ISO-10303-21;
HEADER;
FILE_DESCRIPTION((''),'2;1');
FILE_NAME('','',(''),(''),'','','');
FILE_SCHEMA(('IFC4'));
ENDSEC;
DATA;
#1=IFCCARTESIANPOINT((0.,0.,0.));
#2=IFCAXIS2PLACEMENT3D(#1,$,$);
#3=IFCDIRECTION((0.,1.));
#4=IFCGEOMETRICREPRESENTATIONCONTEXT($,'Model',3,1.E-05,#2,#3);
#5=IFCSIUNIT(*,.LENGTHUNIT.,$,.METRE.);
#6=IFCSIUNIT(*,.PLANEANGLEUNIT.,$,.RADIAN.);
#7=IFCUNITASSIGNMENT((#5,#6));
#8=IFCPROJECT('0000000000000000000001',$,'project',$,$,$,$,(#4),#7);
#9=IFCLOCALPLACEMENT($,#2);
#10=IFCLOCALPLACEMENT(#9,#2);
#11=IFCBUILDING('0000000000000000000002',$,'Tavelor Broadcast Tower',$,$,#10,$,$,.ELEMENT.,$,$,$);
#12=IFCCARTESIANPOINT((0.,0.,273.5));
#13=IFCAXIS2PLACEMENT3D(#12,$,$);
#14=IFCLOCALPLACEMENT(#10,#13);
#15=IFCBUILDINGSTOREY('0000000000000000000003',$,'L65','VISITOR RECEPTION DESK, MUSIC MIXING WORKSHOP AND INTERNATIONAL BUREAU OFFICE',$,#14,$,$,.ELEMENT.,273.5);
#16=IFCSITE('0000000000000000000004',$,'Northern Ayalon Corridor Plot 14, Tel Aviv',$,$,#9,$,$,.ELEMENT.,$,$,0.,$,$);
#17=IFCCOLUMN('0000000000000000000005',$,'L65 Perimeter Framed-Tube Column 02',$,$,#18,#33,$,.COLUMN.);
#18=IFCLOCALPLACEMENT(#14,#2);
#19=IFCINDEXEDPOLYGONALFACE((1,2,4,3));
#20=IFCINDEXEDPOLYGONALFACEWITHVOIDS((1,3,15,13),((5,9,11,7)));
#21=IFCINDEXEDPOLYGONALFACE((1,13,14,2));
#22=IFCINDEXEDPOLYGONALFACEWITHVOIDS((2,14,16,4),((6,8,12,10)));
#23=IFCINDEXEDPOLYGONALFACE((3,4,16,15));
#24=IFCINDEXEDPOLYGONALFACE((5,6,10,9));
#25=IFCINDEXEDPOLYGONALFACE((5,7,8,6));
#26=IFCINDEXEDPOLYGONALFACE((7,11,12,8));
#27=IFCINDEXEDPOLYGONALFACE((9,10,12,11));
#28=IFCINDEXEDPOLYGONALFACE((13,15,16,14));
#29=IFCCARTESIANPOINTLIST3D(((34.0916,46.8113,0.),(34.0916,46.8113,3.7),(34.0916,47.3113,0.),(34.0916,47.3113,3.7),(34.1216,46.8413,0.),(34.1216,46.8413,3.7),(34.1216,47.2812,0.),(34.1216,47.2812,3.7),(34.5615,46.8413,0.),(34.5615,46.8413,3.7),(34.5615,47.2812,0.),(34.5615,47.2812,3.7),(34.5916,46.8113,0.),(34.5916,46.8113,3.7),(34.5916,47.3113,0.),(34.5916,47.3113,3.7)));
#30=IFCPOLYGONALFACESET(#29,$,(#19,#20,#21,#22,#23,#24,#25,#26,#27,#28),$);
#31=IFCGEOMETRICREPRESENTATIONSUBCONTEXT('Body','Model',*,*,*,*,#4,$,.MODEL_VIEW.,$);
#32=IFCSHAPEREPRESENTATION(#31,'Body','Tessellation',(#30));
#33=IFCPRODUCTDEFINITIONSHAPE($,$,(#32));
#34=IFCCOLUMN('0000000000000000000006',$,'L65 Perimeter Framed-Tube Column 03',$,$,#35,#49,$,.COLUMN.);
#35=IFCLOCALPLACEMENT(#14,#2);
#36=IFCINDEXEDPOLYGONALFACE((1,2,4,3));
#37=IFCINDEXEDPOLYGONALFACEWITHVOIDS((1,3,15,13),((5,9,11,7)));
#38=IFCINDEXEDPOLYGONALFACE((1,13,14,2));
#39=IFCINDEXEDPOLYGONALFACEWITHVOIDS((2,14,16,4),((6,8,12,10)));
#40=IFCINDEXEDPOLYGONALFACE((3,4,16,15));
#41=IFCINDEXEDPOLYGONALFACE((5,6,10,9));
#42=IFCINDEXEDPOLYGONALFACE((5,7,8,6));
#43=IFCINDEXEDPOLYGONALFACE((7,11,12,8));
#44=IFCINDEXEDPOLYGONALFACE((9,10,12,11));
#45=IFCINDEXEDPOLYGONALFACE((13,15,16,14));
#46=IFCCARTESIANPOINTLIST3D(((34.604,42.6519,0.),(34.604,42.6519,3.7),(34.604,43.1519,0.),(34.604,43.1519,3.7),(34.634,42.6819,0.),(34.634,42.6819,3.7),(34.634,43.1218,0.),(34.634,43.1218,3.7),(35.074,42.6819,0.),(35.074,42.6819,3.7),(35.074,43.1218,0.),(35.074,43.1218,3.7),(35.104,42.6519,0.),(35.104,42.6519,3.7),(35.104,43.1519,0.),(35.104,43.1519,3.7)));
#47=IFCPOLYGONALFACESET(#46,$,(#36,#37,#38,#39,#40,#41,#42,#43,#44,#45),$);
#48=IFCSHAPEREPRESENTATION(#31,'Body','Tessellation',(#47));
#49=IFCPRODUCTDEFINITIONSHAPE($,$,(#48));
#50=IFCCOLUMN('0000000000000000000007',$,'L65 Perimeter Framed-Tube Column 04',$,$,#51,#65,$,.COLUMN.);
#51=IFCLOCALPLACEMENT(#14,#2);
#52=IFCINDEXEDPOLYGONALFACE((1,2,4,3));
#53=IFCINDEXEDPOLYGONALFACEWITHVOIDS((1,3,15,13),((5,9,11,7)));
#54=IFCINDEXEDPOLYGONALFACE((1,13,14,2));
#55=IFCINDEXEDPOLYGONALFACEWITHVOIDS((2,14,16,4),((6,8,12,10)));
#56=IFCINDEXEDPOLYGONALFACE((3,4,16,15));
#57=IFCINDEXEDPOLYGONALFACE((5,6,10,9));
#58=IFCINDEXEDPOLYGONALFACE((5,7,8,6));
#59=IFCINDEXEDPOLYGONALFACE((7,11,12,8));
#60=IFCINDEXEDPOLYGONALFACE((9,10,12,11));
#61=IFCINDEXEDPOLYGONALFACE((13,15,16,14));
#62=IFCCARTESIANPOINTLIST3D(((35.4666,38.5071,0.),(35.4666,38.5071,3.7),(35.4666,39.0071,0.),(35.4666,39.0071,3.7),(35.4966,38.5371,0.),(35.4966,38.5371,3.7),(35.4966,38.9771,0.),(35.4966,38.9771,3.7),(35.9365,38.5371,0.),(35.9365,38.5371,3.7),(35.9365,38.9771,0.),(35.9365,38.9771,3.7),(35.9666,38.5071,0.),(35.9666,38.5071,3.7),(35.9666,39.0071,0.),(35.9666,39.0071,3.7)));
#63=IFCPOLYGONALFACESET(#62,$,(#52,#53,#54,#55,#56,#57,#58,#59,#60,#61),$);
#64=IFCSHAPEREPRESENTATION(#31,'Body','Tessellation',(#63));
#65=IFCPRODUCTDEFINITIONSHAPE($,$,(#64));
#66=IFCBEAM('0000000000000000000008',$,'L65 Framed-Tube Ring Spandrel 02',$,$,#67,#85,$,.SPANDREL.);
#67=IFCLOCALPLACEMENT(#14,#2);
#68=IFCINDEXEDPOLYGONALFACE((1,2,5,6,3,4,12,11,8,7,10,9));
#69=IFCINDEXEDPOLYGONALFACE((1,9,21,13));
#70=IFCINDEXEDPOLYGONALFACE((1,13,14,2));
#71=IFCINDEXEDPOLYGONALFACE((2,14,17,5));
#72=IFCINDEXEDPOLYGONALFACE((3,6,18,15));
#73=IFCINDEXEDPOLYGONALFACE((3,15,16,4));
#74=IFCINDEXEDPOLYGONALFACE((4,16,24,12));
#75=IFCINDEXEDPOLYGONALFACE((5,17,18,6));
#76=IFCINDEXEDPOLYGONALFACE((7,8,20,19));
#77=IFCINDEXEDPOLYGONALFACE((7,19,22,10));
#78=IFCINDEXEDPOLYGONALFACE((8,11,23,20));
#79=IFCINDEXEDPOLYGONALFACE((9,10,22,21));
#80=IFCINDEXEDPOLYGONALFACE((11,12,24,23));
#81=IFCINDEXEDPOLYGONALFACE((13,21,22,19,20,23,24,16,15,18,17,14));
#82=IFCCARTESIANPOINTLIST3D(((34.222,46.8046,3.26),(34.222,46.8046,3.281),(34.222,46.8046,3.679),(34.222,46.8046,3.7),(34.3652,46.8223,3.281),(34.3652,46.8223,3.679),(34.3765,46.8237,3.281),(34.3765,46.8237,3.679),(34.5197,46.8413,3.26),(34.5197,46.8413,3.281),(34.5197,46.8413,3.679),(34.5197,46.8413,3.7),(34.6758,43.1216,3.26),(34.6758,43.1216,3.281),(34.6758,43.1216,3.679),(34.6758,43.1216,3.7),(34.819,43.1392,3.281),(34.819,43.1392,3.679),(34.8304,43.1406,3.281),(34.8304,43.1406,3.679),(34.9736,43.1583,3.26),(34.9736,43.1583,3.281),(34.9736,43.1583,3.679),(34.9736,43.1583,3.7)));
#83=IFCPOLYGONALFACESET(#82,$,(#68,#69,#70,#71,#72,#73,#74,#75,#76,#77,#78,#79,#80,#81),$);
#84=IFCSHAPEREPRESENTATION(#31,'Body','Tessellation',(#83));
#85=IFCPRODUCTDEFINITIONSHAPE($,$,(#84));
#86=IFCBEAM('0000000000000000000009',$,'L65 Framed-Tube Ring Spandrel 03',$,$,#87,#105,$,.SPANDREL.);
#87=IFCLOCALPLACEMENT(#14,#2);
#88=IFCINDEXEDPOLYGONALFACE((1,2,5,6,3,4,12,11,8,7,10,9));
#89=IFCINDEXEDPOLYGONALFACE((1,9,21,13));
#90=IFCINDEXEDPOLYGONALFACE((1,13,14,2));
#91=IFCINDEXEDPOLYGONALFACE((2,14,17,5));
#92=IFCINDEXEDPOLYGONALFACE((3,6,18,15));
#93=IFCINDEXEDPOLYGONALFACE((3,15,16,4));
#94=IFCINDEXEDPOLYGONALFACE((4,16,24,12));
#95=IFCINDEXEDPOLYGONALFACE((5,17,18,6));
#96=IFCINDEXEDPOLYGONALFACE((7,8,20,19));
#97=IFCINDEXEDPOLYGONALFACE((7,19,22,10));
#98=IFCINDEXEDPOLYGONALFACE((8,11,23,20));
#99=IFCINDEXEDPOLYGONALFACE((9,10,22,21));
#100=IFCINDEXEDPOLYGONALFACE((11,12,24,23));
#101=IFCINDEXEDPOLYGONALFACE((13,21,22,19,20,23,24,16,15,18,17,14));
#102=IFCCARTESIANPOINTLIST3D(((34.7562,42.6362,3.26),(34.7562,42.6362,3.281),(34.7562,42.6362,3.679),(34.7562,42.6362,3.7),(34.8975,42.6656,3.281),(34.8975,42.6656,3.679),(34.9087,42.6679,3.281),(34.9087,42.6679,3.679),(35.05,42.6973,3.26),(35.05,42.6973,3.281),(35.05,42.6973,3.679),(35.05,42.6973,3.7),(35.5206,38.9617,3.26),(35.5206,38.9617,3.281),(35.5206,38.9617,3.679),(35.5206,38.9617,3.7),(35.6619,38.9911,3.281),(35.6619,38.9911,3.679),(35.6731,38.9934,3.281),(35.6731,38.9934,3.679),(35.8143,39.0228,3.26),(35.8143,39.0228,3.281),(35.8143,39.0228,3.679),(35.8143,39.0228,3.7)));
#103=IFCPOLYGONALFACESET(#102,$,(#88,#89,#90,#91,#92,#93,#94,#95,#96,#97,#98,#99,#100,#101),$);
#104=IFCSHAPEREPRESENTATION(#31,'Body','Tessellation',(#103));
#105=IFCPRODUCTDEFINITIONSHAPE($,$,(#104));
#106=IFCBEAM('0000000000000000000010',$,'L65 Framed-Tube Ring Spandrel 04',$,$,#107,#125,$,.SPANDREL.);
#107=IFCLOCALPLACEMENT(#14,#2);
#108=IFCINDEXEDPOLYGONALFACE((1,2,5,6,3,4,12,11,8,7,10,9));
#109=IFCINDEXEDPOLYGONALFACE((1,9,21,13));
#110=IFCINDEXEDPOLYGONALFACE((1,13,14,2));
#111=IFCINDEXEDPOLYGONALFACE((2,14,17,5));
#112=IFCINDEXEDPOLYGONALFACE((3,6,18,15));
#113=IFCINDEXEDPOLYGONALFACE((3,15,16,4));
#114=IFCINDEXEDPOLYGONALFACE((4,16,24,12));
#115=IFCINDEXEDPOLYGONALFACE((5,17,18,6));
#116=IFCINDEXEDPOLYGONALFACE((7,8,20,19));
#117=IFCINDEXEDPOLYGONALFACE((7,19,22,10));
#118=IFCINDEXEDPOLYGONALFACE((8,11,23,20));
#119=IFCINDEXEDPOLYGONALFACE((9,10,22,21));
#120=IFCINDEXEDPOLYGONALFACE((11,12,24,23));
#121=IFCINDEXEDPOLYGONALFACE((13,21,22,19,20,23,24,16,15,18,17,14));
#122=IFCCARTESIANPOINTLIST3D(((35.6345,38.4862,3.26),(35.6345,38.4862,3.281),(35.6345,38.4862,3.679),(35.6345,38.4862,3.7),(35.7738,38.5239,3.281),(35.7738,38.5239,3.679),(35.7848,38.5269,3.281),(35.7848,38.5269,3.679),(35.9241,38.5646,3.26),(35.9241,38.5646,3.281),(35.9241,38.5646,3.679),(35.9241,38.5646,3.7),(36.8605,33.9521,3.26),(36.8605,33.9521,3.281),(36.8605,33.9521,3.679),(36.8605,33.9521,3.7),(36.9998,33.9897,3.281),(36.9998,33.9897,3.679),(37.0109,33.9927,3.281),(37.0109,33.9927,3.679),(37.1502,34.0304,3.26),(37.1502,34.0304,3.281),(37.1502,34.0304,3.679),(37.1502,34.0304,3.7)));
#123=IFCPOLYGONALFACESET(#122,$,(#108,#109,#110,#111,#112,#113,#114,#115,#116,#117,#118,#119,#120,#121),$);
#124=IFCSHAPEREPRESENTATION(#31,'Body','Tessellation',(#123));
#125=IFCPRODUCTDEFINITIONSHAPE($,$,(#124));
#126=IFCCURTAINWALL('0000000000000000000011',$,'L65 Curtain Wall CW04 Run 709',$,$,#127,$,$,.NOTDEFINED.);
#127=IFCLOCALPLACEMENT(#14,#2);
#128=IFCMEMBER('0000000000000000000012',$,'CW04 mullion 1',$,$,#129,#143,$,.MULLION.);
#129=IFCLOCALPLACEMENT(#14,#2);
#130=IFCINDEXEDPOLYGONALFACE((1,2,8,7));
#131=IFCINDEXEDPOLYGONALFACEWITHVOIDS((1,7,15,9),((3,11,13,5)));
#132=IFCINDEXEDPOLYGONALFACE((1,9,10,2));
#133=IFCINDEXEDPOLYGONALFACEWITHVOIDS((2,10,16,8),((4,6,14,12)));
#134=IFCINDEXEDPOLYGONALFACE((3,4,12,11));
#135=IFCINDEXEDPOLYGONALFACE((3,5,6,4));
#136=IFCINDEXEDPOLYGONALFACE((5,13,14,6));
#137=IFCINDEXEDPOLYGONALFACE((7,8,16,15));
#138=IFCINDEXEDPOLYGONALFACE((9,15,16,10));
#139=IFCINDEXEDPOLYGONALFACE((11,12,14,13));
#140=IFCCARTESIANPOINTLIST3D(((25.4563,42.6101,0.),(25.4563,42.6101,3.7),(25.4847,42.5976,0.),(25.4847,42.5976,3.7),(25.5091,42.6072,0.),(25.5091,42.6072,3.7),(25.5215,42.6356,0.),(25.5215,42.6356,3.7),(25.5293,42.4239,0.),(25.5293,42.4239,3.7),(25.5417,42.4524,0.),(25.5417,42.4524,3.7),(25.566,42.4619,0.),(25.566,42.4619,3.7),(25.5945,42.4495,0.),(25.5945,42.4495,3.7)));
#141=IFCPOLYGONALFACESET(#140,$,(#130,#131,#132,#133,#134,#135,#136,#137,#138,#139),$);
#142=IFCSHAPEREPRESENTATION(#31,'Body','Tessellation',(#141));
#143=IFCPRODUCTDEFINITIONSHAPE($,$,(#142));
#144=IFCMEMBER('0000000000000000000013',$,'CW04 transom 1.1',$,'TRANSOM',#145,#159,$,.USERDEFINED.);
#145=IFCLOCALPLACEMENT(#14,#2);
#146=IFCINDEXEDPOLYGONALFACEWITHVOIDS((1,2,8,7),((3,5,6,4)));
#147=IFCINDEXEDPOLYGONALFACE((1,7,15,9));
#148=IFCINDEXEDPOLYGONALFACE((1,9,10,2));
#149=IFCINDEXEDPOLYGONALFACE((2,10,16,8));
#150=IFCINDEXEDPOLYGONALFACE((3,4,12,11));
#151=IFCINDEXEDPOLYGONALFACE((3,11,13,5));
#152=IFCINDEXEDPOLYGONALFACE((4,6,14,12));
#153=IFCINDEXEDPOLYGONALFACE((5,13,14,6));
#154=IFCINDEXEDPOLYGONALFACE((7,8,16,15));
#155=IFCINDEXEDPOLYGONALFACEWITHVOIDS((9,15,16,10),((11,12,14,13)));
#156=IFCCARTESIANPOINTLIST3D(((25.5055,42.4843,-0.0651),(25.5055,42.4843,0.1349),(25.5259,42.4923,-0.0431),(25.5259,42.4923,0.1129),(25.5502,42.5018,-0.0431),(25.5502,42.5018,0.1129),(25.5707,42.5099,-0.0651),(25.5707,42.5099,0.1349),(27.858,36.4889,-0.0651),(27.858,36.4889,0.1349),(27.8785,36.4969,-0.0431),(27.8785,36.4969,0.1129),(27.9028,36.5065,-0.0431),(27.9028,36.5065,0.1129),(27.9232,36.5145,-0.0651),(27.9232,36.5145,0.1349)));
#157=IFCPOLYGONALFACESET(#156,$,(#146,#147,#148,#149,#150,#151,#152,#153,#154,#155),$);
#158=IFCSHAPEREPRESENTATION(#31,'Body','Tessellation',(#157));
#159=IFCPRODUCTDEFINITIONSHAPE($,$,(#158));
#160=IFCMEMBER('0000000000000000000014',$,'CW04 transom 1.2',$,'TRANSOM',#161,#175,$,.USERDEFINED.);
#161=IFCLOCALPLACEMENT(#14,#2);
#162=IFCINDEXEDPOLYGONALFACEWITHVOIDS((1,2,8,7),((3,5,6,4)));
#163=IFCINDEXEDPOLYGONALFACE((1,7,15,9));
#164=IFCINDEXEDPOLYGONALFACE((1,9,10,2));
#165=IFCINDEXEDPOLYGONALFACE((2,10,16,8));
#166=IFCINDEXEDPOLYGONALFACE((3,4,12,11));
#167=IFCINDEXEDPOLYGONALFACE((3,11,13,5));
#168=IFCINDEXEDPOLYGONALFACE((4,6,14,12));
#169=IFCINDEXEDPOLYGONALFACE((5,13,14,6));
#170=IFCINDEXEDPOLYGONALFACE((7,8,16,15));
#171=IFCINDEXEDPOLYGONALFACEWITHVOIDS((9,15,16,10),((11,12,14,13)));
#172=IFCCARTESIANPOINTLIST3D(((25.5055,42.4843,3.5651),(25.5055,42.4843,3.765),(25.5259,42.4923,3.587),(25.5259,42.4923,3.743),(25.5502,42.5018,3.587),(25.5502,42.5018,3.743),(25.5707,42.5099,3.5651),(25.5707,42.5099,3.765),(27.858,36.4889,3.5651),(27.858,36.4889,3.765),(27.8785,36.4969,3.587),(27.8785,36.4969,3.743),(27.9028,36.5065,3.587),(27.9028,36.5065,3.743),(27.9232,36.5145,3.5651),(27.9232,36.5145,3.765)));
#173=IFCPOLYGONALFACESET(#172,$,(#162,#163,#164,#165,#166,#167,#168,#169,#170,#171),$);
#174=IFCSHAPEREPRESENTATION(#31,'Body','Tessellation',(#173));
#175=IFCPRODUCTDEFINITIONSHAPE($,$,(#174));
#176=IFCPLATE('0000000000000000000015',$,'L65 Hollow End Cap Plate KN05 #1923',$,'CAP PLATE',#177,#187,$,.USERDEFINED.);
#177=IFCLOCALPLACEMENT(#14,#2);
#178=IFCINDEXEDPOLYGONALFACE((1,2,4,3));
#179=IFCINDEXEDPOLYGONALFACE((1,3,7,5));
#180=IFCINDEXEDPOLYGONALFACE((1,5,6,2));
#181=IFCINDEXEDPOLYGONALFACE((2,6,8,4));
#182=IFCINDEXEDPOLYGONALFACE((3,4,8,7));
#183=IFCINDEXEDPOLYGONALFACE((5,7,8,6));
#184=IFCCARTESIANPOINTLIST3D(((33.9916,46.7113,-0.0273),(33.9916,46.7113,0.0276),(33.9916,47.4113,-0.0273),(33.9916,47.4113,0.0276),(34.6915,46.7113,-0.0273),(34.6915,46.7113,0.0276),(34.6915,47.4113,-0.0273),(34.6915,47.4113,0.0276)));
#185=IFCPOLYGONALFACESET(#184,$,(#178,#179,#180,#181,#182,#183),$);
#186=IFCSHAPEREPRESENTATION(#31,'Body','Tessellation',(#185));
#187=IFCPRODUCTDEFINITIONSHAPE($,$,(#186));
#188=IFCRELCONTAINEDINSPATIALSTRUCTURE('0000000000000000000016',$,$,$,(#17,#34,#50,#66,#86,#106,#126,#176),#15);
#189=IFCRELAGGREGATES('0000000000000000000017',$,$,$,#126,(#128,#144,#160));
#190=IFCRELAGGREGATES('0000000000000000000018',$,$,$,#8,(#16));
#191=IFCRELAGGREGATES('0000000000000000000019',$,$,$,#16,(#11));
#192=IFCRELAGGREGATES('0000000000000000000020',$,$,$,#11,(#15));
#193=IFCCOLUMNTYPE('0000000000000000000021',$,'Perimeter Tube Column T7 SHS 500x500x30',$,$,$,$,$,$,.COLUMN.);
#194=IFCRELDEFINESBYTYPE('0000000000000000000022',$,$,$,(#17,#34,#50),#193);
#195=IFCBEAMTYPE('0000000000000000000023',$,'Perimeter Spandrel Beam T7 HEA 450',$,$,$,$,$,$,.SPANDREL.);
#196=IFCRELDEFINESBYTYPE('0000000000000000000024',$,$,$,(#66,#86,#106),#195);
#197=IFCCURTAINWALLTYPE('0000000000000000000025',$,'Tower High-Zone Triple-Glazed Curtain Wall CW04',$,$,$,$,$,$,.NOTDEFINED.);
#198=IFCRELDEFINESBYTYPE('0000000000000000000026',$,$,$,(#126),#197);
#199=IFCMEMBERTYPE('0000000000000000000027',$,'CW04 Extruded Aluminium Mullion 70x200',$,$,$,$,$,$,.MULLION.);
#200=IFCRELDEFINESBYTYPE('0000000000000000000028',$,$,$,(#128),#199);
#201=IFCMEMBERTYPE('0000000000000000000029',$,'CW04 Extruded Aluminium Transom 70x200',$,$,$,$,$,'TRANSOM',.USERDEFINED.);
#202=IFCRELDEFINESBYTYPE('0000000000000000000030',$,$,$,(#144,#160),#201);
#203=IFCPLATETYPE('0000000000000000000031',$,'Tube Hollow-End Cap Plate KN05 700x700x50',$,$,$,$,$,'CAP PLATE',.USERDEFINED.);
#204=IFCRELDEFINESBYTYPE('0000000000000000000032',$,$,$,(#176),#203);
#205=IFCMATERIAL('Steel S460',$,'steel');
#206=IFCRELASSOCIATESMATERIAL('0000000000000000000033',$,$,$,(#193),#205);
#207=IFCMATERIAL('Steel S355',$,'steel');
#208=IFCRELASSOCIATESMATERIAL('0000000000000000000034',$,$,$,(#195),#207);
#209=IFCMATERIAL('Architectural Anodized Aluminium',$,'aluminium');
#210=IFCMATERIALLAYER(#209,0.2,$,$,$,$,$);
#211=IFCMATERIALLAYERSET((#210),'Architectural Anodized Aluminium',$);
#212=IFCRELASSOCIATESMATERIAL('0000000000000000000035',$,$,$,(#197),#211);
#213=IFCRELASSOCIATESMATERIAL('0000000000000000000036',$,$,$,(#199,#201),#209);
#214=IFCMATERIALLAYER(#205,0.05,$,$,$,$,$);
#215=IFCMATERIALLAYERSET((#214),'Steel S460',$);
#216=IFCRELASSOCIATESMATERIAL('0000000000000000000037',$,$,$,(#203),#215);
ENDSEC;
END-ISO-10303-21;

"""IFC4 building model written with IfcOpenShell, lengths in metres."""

from ifc_helpers import new_model, si_unit, direction, frame, origin, origin_2d, place, context, subcontext, project, spatial, rectangle, hollow_rectangle, i_section, extrude, source, transform, mapped, material, layer, layer_set, material_profile, profile_set, type_object, type_shapes, element, aggregate, save


model = new_model("IFC4")

# Units and contexts
model_context = context("Model", 3, precision=1e-05, world=origin(), true_north=direction((0.0, 1.0)))
body_context = subcontext(model_context, "Body", "Model", "MODEL_VIEW")
ifc_project = project(units=[si_unit("LENGTHUNIT", "METRE"), si_unit("PLANEANGLEUNIT", "RADIAN")], contexts=[model_context])

# Site, building, storey
site_placement = place(None, origin())
site = spatial("IfcSite", under=ifc_project, at=site_placement, Name="Northern Ayalon Corridor Plot 14, Tel Aviv", CompositionType="ELEMENT", RefElevation=0.0)
building_placement = place(site_placement, origin())
building = spatial("IfcBuilding", under=site, at=building_placement, Name="Tavelor Broadcast Tower", CompositionType="ELEMENT")
storey_placement = place(building_placement, frame((0.0, 0.0, 273.5)))
storey = spatial("IfcBuildingStorey", under=building, at=storey_placement, Name="L65", Description="VISITOR RECEPTION DESK, MUSIC MIXING WORKSHOP AND INTERNATIONAL BUREAU OFFICE", CompositionType="ELEMENT", Elevation=273.5)

# Columns
ifc_material_1 = material(Name="Steel S460", Category="steel")
ifc_material_profile_1 = material_profile(ifc_material_1, hollow_rectangle(XDim=0.5, YDim=0.5, WallThickness=0.03, at=origin_2d()), Name="SHS 500x500x30")
ifc_profile_set_1 = profile_set([ifc_material_profile_1], Name="Steel S460")
column_type = type_object("IfcColumnType", Name="Perimeter Tube Column T7 SHS 500x500x30", PredefinedType="COLUMN", material=ifc_profile_set_1)
for number, where, z_axis, x_axis, name in (
    (1, (34.3416, 47.0613, 0.0), (0.0, 0.0, 1.0), (1.0, 0.0, 0.0), "L65 Perimeter Framed-Tube Column 02"),
    (2, (34.854, 42.9019, 0.0), (0.0, 0.0, 1.0), (1.0, 0.0, 0.0), "L65 Perimeter Framed-Tube Column 03"),
    (3, (35.7166, 38.7571, 0.0), (0.0, 0.0, 1.0), (1.0, 0.0, 0.0), "L65 Perimeter Framed-Tube Column 04"),
):
    element("IfcColumn", number, at=place(storey_placement, frame(where, z_axis=z_axis, x_axis=x_axis)), inside=storey, type_object=column_type, Name=name, PredefinedType="COLUMN", context=body_context, shape_type="SweptSolid", body=[
        extrude(hollow_rectangle(XDim=0.5, YDim=0.5, WallThickness=0.03, at=origin_2d()), origin(), (0.0, 0.0, 1.0), 3.7),
    ])

# Beams
ifc_material_2 = material(Name="Steel S355", Category="steel")
ifc_material_profile_2 = material_profile(ifc_material_2, i_section(OverallWidth=0.3, OverallDepth=0.4399, WebThickness=0.0115, FlangeThickness=0.021, at=origin_2d()), Name="HEA 450")
ifc_profile_set_2 = profile_set([ifc_material_profile_2], Name="Steel S355")
beam_type = type_object("IfcBeamType", Name="Perimeter Spandrel Beam T7 HEA 450", PredefinedType="SPANDREL", material=ifc_profile_set_2)
beam_1_placement = place(storey_placement, frame((34.3708, 46.823, 3.48), z_axis=(0.122302, -0.992493, 0.0), x_axis=(0.992493, 0.122302, 0.0)))
element("IfcBeam", 4, at=beam_1_placement, inside=storey, type_object=beam_type, Name="L65 Framed-Tube Ring Spandrel 02", PredefinedType="SPANDREL", context=body_context, shape_type="SweptSolid", body=[
    extrude(i_section(OverallWidth=0.3, OverallDepth=0.4399, WebThickness=0.0115, FlangeThickness=0.021, at=origin_2d()), origin(), (0.0, 0.0, 1.0), 3.7109),
])
beam_2_placement = place(storey_placement, frame((34.9031, 42.6667, 3.48), z_axis=(0.203666, -0.97904, 0.0), x_axis=(0.97904, 0.203666, 0.0)))
element("IfcBeam", 5, at=beam_2_placement, inside=storey, type_object=beam_type, Name="L65 Framed-Tube Ring Spandrel 03", PredefinedType="SPANDREL", context=body_context, shape_type="SweptSolid", body=[
    extrude(i_section(OverallWidth=0.3, OverallDepth=0.4399, WebThickness=0.0115, FlangeThickness=0.021, at=origin_2d()), origin(), (0.0, 0.0, 1.0), 3.7532),
])
beam_3_placement = place(storey_placement, frame((35.7793, 38.5254, 3.48), z_axis=(0.261032, -0.96533, 0.0), x_axis=(0.96533, 0.261032, 0.0)))
element("IfcBeam", 6, at=beam_3_placement, inside=storey, type_object=beam_type, Name="L65 Framed-Tube Ring Spandrel 04", PredefinedType="SPANDREL", context=body_context, shape_type="SweptSolid", body=[
    extrude(i_section(OverallWidth=0.3, OverallDepth=0.4399, WebThickness=0.0115, FlangeThickness=0.021, at=origin_2d()), origin(), (0.0, 0.0, 1.0), 4.697),
])

# Curtain wall, members
ifc_material_3 = material(Name="Architectural Anodized Aluminium", Category="aluminium")
ifc_layer_1 = layer(ifc_material_3, 0.2)
ifc_layer_set_1 = layer_set([ifc_layer_1], Name="Architectural Anodized Aluminium")
curtain_wall_type = type_object("IfcCurtainWallType", Name="Tower High-Zone Triple-Glazed Curtain Wall CW04", PredefinedType="NOTDEFINED", material=ifc_layer_set_1)
curtain_wall_placement = place(storey_placement, origin())
curtain_wall = element("IfcCurtainWall", 7, at=curtain_wall_placement, inside=storey, type_object=curtain_wall_type, Name="L65 Curtain Wall CW04 Run 709", PredefinedType="NOTDEFINED")
ifc_material_profile_3 = material_profile(ifc_material_3, hollow_rectangle(XDim=0.0701, YDim=0.2, WallThickness=0.022, at=origin_2d()), Name="RHS 70x200x22")
ifc_profile_set_3 = profile_set([ifc_material_profile_3], Name="Architectural Anodized Aluminium")
member_type_1 = type_object("IfcMemberType", Name="CW04 Extruded Aluminium Mullion 70x200", PredefinedType="MULLION", material=ifc_profile_set_3)
shared_shape_1 = source(origin(), body_context, "Body", "SweptSolid", [
    extrude(hollow_rectangle(XDim=0.0701, YDim=0.2, WallThickness=0.022, at=origin_2d()), origin(), (0.0, 0.0, 1.0), 3.7),
])
type_shapes(member_type_1, [shared_shape_1])
member_1_placement = place(storey_placement, frame((25.5254, 42.5298, 0.0), z_axis=(0.0, 0.0, 1.0), x_axis=(0.930898, 0.36528, 0.0)))
member_1 = element("IfcMember", 8, at=member_1_placement, type_object=member_type_1, Name="CW04 mullion 1", PredefinedType="MULLION", context=body_context, shape_type="MappedRepresentation", body=[
    mapped(shared_shape_1, transform((0.0, 0.0, 0.0), scale=1.0)),
])
ifc_material_profile_4 = material_profile(ifc_material_3, hollow_rectangle(XDim=0.0701, YDim=0.2, WallThickness=0.022, at=origin_2d()), Name="RHS 70x200x22")
ifc_profile_set_4 = profile_set([ifc_material_profile_4], Name="Architectural Anodized Aluminium")
member_type_2 = type_object("IfcMemberType", Name="CW04 Extruded Aluminium Transom 70x200", ElementType="TRANSOM", PredefinedType="USERDEFINED", material=ifc_profile_set_4)
shared_shape_2 = source(origin(), body_context, "Body", "SweptSolid", [
    extrude(hollow_rectangle(XDim=0.0701, YDim=0.2, WallThickness=0.022, at=origin_2d()), origin(), (0.0, 0.0, 1.0), 6.4404),
])
type_shapes(member_type_2, [shared_shape_2])
member_2_placement = place(storey_placement, frame((25.5381, 42.4971, 0.0349), z_axis=(0.365278, -0.930898, 0.0), x_axis=(0.930898, 0.365278, 0.0)))
member_2 = element("IfcMember", 9, at=member_2_placement, type_object=member_type_2, Name="CW04 transom 1.1", ObjectType="TRANSOM", PredefinedType="USERDEFINED", context=body_context, shape_type="MappedRepresentation", body=[
    mapped(shared_shape_2, transform((0.0, 0.0, 0.0), scale=1.0)),
])
member_3_placement = place(storey_placement, frame((25.5381, 42.4971, 3.665), z_axis=(0.365278, -0.930898, 0.0), x_axis=(0.930898, 0.365278, 0.0)))
member_3 = element("IfcMember", 10, at=member_3_placement, type_object=member_type_2, Name="CW04 transom 1.2", ObjectType="TRANSOM", PredefinedType="USERDEFINED", context=body_context, shape_type="MappedRepresentation", body=[
    mapped(shared_shape_2, transform((0.0, 0.0, 0.0), scale=1.0)),
])

# Plate
ifc_layer_2 = layer(ifc_material_1, 0.05)
ifc_layer_set_2 = layer_set([ifc_layer_2], Name="Steel S460")
plate_type_1 = type_object("IfcPlateType", Name="Tube Hollow-End Cap Plate KN05 700x700x50", ElementType="CAP PLATE", PredefinedType="USERDEFINED", material=ifc_layer_set_2)
shared_shape_3 = source(origin(), body_context, "Body", "SweptSolid", [
    extrude(rectangle(XDim=0.7, YDim=0.7, at=origin_2d()), origin(), (0.0, 0.0, 1.0), 0.0549),
])
type_shapes(plate_type_1, [shared_shape_3])
for number, where, z_axis, x_axis, name in (
    (11, (34.3416, 47.0613, -0.0273), (0.0, 0.0, 1.0), (1.0, 0.0, 0.0), "L65 Hollow End Cap Plate KN05 #1923"),
):
    element("IfcPlate", number, at=place(storey_placement, frame(where, z_axis=z_axis, x_axis=x_axis)), inside=storey, type_object=plate_type_1, Name=name, ObjectType="CAP PLATE", PredefinedType="USERDEFINED", context=body_context, shape_type="MappedRepresentation", body=[
        mapped(shared_shape_3, transform((0.0, 0.0, 0.0), scale=1.0)),
    ])

aggregate(curtain_wall, [member_1, member_2, member_3])

save(model, "model.ifc")
